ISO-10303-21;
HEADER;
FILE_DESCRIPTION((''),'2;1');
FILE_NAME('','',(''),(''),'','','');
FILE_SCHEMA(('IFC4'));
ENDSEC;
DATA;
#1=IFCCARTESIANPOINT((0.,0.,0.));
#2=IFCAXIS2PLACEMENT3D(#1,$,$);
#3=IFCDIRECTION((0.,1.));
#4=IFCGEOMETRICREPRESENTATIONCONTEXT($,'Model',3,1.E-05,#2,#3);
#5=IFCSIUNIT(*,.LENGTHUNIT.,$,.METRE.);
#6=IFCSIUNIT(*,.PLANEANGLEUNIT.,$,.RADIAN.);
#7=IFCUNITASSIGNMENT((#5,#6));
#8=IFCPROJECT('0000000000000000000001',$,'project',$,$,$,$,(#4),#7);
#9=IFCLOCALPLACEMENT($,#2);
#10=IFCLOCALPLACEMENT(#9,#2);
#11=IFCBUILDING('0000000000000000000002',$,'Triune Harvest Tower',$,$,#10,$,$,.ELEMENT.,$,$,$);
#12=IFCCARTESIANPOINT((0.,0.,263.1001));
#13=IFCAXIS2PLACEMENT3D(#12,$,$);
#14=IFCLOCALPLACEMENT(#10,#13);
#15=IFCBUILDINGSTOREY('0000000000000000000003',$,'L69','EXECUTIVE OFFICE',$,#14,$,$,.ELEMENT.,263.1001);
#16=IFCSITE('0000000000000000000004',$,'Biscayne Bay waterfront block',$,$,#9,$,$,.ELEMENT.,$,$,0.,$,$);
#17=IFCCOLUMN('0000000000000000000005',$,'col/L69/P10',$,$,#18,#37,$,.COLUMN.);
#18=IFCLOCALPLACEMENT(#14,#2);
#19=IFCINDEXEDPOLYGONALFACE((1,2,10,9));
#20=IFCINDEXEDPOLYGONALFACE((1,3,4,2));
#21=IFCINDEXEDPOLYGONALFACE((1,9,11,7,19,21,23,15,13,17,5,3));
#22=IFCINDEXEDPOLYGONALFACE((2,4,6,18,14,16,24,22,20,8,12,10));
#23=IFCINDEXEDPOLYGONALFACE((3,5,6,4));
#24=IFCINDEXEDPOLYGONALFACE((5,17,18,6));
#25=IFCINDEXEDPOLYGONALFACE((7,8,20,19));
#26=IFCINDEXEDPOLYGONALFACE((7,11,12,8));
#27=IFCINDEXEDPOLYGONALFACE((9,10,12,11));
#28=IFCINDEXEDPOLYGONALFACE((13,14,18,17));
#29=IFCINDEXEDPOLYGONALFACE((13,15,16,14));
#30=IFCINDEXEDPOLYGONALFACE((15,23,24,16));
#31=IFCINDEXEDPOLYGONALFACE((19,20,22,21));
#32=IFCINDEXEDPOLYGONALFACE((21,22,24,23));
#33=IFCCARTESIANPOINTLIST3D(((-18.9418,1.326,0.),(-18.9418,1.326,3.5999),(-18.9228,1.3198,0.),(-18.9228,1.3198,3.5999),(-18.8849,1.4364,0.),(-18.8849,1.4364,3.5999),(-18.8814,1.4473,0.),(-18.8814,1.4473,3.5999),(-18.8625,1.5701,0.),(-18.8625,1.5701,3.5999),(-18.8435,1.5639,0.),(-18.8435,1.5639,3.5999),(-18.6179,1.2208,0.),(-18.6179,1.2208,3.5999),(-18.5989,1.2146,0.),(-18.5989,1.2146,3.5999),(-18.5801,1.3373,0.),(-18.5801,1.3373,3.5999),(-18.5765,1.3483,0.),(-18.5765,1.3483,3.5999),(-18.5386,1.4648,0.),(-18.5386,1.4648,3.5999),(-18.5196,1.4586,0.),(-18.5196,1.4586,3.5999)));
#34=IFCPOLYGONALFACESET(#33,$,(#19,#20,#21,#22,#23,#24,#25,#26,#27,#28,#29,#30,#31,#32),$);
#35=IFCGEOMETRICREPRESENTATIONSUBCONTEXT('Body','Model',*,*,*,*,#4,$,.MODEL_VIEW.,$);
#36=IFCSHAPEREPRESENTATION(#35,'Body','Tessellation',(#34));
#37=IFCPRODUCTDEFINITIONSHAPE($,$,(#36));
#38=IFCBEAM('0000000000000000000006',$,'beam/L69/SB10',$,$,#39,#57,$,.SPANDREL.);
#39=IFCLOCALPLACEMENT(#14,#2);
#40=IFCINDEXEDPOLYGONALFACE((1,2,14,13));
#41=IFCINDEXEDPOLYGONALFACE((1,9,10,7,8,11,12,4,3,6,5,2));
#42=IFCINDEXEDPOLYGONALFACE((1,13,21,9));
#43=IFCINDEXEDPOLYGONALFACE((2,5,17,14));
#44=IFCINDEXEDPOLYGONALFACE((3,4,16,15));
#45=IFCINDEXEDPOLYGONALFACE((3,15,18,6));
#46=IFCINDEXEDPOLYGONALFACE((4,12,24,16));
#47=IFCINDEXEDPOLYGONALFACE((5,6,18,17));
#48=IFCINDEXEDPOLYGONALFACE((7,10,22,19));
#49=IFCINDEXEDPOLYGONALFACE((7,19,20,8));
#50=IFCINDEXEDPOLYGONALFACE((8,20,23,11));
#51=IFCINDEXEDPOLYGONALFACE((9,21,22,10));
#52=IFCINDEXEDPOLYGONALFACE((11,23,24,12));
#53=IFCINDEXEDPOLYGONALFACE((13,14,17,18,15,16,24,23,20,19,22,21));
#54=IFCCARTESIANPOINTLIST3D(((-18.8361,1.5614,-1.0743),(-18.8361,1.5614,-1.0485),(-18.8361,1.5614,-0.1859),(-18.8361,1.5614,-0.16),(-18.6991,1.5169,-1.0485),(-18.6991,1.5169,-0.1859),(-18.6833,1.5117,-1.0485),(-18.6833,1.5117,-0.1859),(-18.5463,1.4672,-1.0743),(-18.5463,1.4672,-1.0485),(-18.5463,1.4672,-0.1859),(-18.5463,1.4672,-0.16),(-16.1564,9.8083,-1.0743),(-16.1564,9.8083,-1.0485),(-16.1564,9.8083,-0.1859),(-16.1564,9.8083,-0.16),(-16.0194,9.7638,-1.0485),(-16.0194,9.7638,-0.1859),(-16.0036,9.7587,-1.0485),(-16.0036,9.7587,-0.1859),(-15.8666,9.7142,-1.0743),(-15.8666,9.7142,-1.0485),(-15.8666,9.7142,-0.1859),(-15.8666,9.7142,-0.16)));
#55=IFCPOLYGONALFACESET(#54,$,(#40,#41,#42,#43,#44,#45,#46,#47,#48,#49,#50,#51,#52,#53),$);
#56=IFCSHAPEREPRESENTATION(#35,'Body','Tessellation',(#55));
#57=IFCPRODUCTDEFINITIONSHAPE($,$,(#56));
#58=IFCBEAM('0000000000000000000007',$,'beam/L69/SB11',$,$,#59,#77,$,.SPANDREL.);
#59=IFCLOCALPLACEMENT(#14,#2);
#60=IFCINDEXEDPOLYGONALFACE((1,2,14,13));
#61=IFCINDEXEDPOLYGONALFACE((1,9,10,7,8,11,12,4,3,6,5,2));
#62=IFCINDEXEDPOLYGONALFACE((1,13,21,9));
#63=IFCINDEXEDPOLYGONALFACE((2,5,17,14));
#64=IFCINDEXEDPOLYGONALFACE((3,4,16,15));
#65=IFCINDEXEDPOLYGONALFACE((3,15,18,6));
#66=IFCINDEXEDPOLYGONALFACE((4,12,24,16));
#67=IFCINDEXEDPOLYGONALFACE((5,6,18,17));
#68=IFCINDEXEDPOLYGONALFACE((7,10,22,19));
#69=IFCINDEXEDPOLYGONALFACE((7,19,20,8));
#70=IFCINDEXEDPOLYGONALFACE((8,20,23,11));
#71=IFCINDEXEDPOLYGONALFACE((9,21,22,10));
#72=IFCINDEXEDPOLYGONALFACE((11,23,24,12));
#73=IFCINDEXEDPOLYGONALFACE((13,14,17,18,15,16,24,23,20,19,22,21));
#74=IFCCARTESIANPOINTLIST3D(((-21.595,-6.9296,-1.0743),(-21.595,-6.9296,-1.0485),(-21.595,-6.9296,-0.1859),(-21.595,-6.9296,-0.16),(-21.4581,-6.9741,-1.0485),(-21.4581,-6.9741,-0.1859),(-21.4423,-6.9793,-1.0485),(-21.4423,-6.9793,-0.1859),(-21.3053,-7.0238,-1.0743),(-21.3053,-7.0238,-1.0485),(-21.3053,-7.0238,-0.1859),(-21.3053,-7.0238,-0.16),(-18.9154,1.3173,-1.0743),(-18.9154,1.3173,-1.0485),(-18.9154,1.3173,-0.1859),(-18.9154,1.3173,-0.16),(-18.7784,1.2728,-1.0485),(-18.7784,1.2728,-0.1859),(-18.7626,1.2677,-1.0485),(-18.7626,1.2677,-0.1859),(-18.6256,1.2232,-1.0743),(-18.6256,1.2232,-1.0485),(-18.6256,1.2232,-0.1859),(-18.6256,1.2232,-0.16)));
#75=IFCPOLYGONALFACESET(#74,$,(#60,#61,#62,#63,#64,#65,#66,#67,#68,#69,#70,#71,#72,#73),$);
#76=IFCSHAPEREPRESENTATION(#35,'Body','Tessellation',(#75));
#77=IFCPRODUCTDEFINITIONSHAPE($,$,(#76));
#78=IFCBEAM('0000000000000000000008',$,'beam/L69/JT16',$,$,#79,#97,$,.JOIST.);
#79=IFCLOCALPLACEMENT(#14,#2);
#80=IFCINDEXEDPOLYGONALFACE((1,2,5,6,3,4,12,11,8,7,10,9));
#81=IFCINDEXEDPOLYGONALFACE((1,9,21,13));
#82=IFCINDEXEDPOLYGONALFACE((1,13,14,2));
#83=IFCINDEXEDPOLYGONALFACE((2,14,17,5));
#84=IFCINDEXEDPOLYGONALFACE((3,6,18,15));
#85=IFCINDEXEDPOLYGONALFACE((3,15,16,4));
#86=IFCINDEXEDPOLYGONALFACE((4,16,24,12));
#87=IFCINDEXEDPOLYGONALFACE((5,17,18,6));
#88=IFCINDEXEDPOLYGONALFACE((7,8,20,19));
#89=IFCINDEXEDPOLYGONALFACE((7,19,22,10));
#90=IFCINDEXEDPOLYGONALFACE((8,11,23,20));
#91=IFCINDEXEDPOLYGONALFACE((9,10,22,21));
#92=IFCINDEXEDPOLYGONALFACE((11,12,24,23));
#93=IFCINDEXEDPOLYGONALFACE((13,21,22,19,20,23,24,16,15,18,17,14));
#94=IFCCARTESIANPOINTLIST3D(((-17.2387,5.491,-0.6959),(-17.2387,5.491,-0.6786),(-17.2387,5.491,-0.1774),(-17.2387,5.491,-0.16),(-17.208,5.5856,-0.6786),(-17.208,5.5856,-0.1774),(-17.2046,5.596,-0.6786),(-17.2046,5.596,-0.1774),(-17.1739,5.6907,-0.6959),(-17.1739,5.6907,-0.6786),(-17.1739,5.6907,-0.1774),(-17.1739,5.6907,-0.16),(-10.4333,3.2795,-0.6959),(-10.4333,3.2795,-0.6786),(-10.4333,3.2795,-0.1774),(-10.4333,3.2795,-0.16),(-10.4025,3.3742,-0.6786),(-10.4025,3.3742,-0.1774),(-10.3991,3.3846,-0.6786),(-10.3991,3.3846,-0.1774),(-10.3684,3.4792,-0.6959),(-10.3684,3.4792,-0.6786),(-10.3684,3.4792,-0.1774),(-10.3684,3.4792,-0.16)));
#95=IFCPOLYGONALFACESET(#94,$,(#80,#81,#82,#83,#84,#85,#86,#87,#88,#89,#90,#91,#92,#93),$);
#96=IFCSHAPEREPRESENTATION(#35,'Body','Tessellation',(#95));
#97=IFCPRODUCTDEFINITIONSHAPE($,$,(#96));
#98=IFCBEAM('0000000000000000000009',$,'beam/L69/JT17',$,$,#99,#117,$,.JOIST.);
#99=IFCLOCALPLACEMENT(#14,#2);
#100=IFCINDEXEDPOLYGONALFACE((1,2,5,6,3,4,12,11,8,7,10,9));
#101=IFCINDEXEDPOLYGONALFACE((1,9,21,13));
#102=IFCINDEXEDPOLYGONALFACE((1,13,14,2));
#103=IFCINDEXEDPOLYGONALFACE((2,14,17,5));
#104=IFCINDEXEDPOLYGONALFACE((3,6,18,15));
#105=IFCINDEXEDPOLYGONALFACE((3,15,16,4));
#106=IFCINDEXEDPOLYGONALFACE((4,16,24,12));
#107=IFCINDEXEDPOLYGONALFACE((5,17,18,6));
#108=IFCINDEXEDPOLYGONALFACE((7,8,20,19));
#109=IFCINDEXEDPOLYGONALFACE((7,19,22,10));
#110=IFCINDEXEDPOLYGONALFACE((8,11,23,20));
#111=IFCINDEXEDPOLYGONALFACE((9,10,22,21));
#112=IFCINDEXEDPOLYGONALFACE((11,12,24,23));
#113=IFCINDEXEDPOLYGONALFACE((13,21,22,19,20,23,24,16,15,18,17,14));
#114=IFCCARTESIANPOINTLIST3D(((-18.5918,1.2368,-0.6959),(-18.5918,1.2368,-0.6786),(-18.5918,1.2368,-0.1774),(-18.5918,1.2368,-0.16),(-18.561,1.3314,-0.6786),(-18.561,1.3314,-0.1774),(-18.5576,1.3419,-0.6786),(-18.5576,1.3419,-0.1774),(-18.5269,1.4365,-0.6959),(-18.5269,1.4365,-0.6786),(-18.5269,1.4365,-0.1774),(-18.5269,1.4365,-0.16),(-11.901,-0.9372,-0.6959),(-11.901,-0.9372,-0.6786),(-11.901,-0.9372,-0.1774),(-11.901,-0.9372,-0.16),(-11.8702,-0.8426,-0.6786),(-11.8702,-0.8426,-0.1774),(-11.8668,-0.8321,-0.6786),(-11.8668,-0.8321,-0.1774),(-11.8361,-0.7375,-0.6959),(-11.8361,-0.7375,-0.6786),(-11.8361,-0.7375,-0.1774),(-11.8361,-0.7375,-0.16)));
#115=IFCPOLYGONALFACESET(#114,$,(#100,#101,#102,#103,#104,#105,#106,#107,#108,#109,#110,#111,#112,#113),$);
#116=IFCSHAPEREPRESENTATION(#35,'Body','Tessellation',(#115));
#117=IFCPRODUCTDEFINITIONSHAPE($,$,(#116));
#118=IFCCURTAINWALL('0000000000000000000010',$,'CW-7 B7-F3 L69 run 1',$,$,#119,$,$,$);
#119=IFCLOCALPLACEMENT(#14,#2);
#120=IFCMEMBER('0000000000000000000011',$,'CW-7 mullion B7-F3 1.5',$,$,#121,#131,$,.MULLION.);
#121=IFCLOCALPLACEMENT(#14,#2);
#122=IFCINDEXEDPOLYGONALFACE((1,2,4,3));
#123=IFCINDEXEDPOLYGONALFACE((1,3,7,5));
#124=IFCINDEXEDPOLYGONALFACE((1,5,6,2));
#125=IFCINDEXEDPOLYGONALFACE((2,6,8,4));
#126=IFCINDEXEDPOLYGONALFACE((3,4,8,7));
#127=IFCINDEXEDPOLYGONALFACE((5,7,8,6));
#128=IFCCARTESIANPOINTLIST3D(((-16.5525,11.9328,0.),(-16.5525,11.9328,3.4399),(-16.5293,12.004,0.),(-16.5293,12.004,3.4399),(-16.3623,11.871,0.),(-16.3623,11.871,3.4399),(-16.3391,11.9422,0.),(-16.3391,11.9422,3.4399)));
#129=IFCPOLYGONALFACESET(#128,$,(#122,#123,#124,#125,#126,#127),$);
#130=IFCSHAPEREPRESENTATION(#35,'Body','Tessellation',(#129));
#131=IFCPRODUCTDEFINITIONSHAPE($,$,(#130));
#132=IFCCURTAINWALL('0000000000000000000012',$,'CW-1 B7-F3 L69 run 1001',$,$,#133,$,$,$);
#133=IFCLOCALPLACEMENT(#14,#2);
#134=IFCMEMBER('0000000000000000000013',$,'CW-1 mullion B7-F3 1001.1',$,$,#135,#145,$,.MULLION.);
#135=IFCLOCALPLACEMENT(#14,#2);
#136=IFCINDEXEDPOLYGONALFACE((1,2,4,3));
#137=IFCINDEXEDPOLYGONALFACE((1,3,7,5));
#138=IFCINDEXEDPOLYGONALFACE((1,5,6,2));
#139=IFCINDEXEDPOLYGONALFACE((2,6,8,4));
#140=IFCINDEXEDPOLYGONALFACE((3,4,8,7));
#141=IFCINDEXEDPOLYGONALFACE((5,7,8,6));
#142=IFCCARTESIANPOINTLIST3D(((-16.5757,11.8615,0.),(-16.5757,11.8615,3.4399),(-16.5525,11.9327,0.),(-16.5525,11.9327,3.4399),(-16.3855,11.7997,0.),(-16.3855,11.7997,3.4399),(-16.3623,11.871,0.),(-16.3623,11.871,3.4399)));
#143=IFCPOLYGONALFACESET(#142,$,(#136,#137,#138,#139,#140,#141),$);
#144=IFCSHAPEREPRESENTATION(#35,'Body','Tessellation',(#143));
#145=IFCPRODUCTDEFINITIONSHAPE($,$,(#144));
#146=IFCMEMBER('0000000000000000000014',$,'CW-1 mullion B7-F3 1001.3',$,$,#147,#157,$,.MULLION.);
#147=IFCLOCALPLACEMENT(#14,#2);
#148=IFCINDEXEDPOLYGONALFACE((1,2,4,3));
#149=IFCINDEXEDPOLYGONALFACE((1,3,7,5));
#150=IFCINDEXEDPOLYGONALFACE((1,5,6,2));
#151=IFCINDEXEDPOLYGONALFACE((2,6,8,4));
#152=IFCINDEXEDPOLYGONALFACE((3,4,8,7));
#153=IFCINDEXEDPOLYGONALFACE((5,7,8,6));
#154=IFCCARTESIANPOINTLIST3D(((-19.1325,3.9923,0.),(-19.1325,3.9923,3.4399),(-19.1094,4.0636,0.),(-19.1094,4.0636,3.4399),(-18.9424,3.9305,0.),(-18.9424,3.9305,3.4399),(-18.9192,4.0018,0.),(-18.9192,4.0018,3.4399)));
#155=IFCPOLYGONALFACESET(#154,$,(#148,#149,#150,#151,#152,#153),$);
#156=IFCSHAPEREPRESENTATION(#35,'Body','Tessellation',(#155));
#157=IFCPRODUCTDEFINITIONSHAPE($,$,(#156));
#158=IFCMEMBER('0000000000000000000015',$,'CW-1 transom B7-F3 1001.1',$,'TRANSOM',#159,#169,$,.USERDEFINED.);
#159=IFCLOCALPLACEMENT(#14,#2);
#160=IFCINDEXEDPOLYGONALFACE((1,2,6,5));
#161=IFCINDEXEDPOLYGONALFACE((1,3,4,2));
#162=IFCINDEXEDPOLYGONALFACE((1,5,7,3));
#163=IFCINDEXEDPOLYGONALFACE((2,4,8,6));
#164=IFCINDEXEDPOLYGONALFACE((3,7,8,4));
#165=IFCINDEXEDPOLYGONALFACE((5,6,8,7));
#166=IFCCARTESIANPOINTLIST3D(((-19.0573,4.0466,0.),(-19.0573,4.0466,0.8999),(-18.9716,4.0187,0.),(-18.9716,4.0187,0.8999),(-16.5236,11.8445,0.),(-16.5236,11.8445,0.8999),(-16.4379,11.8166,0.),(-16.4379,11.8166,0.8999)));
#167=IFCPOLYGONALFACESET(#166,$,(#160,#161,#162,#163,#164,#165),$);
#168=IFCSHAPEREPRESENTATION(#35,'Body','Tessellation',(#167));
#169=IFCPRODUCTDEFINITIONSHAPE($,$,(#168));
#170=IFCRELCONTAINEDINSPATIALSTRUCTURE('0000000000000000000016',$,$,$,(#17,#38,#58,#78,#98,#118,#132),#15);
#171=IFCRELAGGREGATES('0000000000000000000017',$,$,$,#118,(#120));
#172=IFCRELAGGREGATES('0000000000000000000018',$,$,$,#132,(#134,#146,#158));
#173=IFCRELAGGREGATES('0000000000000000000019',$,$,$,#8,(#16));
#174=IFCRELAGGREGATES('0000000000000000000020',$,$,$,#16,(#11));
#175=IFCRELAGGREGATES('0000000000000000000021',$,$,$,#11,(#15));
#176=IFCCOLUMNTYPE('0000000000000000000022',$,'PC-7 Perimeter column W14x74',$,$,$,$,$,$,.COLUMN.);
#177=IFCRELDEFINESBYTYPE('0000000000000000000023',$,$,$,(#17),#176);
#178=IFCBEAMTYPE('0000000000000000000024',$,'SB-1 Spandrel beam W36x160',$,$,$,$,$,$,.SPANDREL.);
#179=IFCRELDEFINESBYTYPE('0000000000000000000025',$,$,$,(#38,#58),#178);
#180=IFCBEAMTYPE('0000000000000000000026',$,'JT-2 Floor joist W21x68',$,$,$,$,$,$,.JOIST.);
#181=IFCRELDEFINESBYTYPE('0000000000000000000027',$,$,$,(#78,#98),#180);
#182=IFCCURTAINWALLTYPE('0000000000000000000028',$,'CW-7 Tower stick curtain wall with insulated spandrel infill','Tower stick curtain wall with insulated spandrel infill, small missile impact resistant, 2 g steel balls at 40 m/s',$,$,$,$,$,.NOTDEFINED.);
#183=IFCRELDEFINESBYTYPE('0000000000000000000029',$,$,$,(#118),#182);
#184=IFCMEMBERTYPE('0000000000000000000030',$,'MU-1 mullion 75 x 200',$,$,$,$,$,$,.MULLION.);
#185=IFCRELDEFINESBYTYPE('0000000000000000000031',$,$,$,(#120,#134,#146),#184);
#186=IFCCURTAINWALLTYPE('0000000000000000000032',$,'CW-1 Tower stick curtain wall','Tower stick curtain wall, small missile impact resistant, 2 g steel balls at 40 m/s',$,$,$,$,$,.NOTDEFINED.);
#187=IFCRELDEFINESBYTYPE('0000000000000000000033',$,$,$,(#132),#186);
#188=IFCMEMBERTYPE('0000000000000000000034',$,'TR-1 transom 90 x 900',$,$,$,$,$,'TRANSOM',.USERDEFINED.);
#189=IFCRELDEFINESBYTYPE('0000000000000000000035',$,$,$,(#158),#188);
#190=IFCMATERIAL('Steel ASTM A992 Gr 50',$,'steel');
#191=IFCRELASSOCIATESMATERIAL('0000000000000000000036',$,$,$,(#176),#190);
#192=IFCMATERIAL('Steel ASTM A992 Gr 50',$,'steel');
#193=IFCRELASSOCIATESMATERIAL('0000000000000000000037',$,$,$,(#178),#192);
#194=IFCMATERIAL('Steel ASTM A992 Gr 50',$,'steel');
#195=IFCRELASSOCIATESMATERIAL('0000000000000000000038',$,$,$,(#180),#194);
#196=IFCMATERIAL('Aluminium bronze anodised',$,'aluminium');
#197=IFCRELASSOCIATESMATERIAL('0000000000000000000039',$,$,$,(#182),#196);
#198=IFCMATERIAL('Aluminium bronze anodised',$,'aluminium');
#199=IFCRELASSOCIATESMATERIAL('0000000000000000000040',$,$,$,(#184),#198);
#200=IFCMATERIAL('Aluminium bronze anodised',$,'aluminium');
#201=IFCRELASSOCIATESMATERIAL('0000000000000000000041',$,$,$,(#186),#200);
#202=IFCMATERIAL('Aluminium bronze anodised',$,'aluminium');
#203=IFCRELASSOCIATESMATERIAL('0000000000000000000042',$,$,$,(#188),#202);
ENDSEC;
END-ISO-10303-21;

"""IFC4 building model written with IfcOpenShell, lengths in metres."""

from ifc_helpers import new_model, si_unit, direction, frame, origin, origin_2d, place, context, subcontext, project, spatial, rectangle, i_section, extrude, source, transform, mapped, material, material_profile, profile_set, type_object, element, aggregate, save


model = new_model("IFC4")

# Units and contexts
model_context = context("Model", 3, precision=1e-05, world=origin(), true_north=direction((0.0, 1.0)))
body_context = subcontext(model_context, "Body", "Model", "MODEL_VIEW")
ifc_project = project(units=[si_unit("LENGTHUNIT", "METRE"), si_unit("PLANEANGLEUNIT", "RADIAN")], contexts=[model_context])

# Site, building, storey
site_placement = place(None, origin())
site = spatial("IfcSite", under=ifc_project, at=site_placement, Name="Biscayne Bay waterfront block", CompositionType="ELEMENT", RefElevation=0.0)
building_placement = place(site_placement, origin())
building = spatial("IfcBuilding", under=site, at=building_placement, Name="Triune Harvest Tower", CompositionType="ELEMENT")
storey_placement = place(building_placement, frame((0.0, 0.0, 263.1001)))
storey = spatial("IfcBuildingStorey", under=building, at=storey_placement, Name="L69", Description="EXECUTIVE OFFICE", CompositionType="ELEMENT", Elevation=263.1001)

# Column
ifc_material_1 = material(Name="Steel ASTM A992 Gr 50", Category="steel")
ifc_material_profile_1 = material_profile(ifc_material_1, i_section(OverallWidth=0.2566, OverallDepth=0.3606, WebThickness=0.0115, FlangeThickness=0.02, at=origin_2d()), Name="W14x74")
ifc_profile_set_1 = profile_set([ifc_material_profile_1], Name="Steel ASTM A992 Gr 50")
column_type = type_object("IfcColumnType", Name="PC-7 Perimeter column W14x74", PredefinedType="COLUMN", material=ifc_profile_set_1)
shared_shape_1 = source(origin(), body_context, "Body", "SweptSolid", [
    extrude(i_section(OverallWidth=0.2566, OverallDepth=0.3606, WebThickness=0.0115, FlangeThickness=0.02, at=origin_2d()), origin(), (0.0, 0.0, 1.0), 3.5999),
])
column_placement = place(storey_placement, frame((-18.7307, 1.3923, 0.0), z_axis=(0.0, 0.0, 1.0), x_axis=(-0.309015, -0.951057, 0.0)))
element("IfcColumn", 1, at=column_placement, inside=storey, type_object=column_type, Name="col/L69/P10", PredefinedType="COLUMN", context=body_context, shape_type="MappedRepresentation", body=[
    mapped(shared_shape_1, transform((0.0, 0.0, 0.0), scale=1.0)),
])

# Beams
ifc_material_2 = material(Name="Steel ASTM A992 Gr 50", Category="steel")
ifc_material_profile_2 = material_profile(ifc_material_2, i_section(OverallWidth=0.3047, OverallDepth=0.9143, WebThickness=0.0166, FlangeThickness=0.0259, at=origin_2d()), Name="W36x160")
ifc_profile_set_2 = profile_set([ifc_material_profile_2], Name="Steel ASTM A992 Gr 50")
beam_type_1 = type_object("IfcBeamType", Name="SB-1 Spandrel beam W36x160", PredefinedType="SPANDREL", material=ifc_profile_set_2)
shared_shape_2 = source(origin(), body_context, "Body", "SweptSolid", [
    extrude(i_section(OverallWidth=0.3047, OverallDepth=0.9143, WebThickness=0.0166, FlangeThickness=0.0259, at=origin_2d()), origin(), (0.0, 0.0, 1.0), 8.6714),
])
for number, where, z_axis, x_axis, name in (
    (2, (-16.0115, 9.7612, -0.6172), (-0.309031, -0.951052, 0.0), (0.951052, -0.309031, 0.0), "beam/L69/SB10"),
    (3, (-18.7705, 1.2703, -0.6172), (-0.309022, -0.951055, 0.0), (0.951055, -0.309022, 0.0), "beam/L69/SB11"),
):
    element("IfcBeam", number, at=place(storey_placement, frame(where, z_axis=z_axis, x_axis=x_axis)), inside=storey, type_object=beam_type_1, Name=name, PredefinedType="SPANDREL", context=body_context, shape_type="MappedRepresentation", body=[
        mapped(shared_shape_2, transform((0.0, 0.0, 0.0), scale=1.0)),
    ])
ifc_material_3 = material(Name="Steel ASTM A992 Gr 50", Category="steel")
ifc_material_profile_3 = material_profile(ifc_material_3, i_section(OverallWidth=0.21, OverallDepth=0.5359, WebThickness=0.011, FlangeThickness=0.0173, at=origin_2d()), Name="W21x68")
ifc_profile_set_3 = profile_set([ifc_material_profile_3], Name="Steel ASTM A992 Gr 50")
beam_type_2 = type_object("IfcBeamType", Name="JT-2 Floor joist W21x68", PredefinedType="JOIST", material=ifc_profile_set_3)
shared_shape_3 = source(origin(), body_context, "Body", "SweptSolid", [
    extrude(i_section(OverallWidth=0.21, OverallDepth=0.5359, WebThickness=0.011, FlangeThickness=0.0173, at=origin_2d()), origin(), (0.0, 0.0, 1.0), 7.1558),
])
beam_1_placement = place(storey_placement, frame((-17.2063, 5.5908, -0.428), z_axis=(0.951048, -0.309044, 0.0), x_axis=(0.309044, 0.951048, 0.0)))
element("IfcBeam", 4, at=beam_1_placement, inside=storey, type_object=beam_type_2, Name="beam/L69/JT16", PredefinedType="JOIST", context=body_context, shape_type="MappedRepresentation", body=[
    mapped(shared_shape_3, transform((0.0, 0.0, 0.0), scale=1.0)),
])
shared_shape_4 = source(origin(), body_context, "Body", "SweptSolid", [
    extrude(i_section(OverallWidth=0.21, OverallDepth=0.5359, WebThickness=0.011, FlangeThickness=0.0173, at=origin_2d()), origin(), (0.0, 0.0, 1.0), 7.0352),
])
beam_2_placement = place(storey_placement, frame((-18.5593, 1.3367, -0.428), z_axis=(0.951054, -0.309025, 0.0), x_axis=(0.309025, 0.951054, 0.0)))
element("IfcBeam", 5, at=beam_2_placement, inside=storey, type_object=beam_type_2, Name="beam/L69/JT17", PredefinedType="JOIST", context=body_context, shape_type="MappedRepresentation", body=[
    mapped(shared_shape_4, transform((0.0, 0.0, 0.0), scale=1.0)),
])

# Curtain wall, member
ifc_material_4 = material(Name="Aluminium bronze anodised", Category="aluminium")
curtain_wall_type_1 = type_object("IfcCurtainWallType", Name="CW-7 Tower stick curtain wall with insulated spandrel infill", Description="Tower stick curtain wall with insulated spandrel infill, small missile impact resistant, 2 g steel balls at 40 m/s", PredefinedType="NOTDEFINED", material=ifc_material_4)
curtain_wall_1_placement = place(storey_placement, origin())
curtain_wall_1 = element("IfcCurtainWall", 6, at=curtain_wall_1_placement, inside=storey, type_object=curtain_wall_type_1, Name="CW-7 B7-F3 L69 run 1")
ifc_material_5 = material(Name="Aluminium bronze anodised", Category="aluminium")
ifc_material_profile_4 = material_profile(ifc_material_5, rectangle(XDim=0.2, YDim=0.075, at=origin_2d()), Name="MU-1 mullion 75 x 200")
ifc_profile_set_4 = profile_set([ifc_material_profile_4], Name="Aluminium bronze anodised")
member_type_1 = type_object("IfcMemberType", Name="MU-1 mullion 75 x 200", PredefinedType="MULLION", material=ifc_profile_set_4)
shared_shape_5 = source(origin(), body_context, "Body", "SweptSolid", [
    extrude(rectangle(XDim=0.2, YDim=0.075, at=origin_2d()), origin(), (0.0, 0.0, 1.0), 3.4399),
])
member_1_placement = place(storey_placement, frame((-16.4458, 11.9375, 0.0), z_axis=(0.0, 0.0, 1.0), x_axis=(0.951058, -0.309014, 0.0)))
member_1 = element("IfcMember", 7, at=member_1_placement, type_object=member_type_1, Name="CW-7 mullion B7-F3 1.5", PredefinedType="MULLION", context=body_context, shape_type="MappedRepresentation", body=[
    mapped(shared_shape_5, transform((0.0, 0.0, 0.0), scale=1.0)),
])
aggregate(curtain_wall_1, [member_1])

# Curtain wall, members
ifc_material_6 = material(Name="Aluminium bronze anodised", Category="aluminium")
curtain_wall_type_2 = type_object("IfcCurtainWallType", Name="CW-1 Tower stick curtain wall", Description="Tower stick curtain wall, small missile impact resistant, 2 g steel balls at 40 m/s", PredefinedType="NOTDEFINED", material=ifc_material_6)
curtain_wall_2_placement = place(storey_placement, origin())
curtain_wall_2 = element("IfcCurtainWall", 8, at=curtain_wall_2_placement, inside=storey, type_object=curtain_wall_type_2, Name="CW-1 B7-F3 L69 run 1001")
member_2_placement = place(storey_placement, frame((-16.469, 11.8662, 0.0), z_axis=(0.0, 0.0, 1.0), x_axis=(0.951054, -0.309024, 0.0)))
member_2 = element("IfcMember", 9, at=member_2_placement, type_object=member_type_1, Name="CW-1 mullion B7-F3 1001.1", PredefinedType="MULLION", context=body_context, shape_type="MappedRepresentation", body=[
    mapped(shared_shape_5, transform((0.0, 0.0, 0.0), scale=1.0)),
])
member_3_placement = place(storey_placement, frame((-19.0259, 3.9971, 0.0), z_axis=(0.0, 0.0, 1.0), x_axis=(0.951054, -0.309024, 0.0)))
member_3 = element("IfcMember", 10, at=member_3_placement, type_object=member_type_1, Name="CW-1 mullion B7-F3 1001.3", PredefinedType="MULLION", context=body_context, shape_type="MappedRepresentation", body=[
    mapped(shared_shape_5, transform((0.0, 0.0, 0.0), scale=1.0)),
])
ifc_material_7 = material(Name="Aluminium bronze anodised", Category="aluminium")
ifc_material_profile_5 = material_profile(ifc_material_7, rectangle(XDim=0.0901, YDim=0.8999, at=origin_2d()), Name="TR-1 transom 90 x 900")
ifc_profile_set_5 = profile_set([ifc_material_profile_5], Name="Aluminium bronze anodised")
member_type_2 = type_object("IfcMemberType", Name="TR-1 transom 90 x 900", ElementType="TRANSOM", PredefinedType="USERDEFINED", material=ifc_profile_set_5)
shared_shape_6 = source(origin(), body_context, "Body", "SweptSolid", [
    extrude(rectangle(XDim=0.0901, YDim=0.8999, at=origin_2d()), origin(), (0.0, 0.0, 1.0), 8.1992),
])
member_4_placement = place(storey_placement, frame((-16.4807, 11.8306, 0.45), z_axis=(-0.309019, -0.951056, 0.0), x_axis=(0.951056, -0.309019, 0.0)))
member_4 = element("IfcMember", 11, at=member_4_placement, type_object=member_type_2, Name="CW-1 transom B7-F3 1001.1", ObjectType="TRANSOM", PredefinedType="USERDEFINED", context=body_context, shape_type="MappedRepresentation", body=[
    mapped(shared_shape_6, transform((0.0, 0.0, 0.0), scale=1.0)),
])
aggregate(curtain_wall_2, [member_2, member_3, member_4])

save(model, "model.ifc")
